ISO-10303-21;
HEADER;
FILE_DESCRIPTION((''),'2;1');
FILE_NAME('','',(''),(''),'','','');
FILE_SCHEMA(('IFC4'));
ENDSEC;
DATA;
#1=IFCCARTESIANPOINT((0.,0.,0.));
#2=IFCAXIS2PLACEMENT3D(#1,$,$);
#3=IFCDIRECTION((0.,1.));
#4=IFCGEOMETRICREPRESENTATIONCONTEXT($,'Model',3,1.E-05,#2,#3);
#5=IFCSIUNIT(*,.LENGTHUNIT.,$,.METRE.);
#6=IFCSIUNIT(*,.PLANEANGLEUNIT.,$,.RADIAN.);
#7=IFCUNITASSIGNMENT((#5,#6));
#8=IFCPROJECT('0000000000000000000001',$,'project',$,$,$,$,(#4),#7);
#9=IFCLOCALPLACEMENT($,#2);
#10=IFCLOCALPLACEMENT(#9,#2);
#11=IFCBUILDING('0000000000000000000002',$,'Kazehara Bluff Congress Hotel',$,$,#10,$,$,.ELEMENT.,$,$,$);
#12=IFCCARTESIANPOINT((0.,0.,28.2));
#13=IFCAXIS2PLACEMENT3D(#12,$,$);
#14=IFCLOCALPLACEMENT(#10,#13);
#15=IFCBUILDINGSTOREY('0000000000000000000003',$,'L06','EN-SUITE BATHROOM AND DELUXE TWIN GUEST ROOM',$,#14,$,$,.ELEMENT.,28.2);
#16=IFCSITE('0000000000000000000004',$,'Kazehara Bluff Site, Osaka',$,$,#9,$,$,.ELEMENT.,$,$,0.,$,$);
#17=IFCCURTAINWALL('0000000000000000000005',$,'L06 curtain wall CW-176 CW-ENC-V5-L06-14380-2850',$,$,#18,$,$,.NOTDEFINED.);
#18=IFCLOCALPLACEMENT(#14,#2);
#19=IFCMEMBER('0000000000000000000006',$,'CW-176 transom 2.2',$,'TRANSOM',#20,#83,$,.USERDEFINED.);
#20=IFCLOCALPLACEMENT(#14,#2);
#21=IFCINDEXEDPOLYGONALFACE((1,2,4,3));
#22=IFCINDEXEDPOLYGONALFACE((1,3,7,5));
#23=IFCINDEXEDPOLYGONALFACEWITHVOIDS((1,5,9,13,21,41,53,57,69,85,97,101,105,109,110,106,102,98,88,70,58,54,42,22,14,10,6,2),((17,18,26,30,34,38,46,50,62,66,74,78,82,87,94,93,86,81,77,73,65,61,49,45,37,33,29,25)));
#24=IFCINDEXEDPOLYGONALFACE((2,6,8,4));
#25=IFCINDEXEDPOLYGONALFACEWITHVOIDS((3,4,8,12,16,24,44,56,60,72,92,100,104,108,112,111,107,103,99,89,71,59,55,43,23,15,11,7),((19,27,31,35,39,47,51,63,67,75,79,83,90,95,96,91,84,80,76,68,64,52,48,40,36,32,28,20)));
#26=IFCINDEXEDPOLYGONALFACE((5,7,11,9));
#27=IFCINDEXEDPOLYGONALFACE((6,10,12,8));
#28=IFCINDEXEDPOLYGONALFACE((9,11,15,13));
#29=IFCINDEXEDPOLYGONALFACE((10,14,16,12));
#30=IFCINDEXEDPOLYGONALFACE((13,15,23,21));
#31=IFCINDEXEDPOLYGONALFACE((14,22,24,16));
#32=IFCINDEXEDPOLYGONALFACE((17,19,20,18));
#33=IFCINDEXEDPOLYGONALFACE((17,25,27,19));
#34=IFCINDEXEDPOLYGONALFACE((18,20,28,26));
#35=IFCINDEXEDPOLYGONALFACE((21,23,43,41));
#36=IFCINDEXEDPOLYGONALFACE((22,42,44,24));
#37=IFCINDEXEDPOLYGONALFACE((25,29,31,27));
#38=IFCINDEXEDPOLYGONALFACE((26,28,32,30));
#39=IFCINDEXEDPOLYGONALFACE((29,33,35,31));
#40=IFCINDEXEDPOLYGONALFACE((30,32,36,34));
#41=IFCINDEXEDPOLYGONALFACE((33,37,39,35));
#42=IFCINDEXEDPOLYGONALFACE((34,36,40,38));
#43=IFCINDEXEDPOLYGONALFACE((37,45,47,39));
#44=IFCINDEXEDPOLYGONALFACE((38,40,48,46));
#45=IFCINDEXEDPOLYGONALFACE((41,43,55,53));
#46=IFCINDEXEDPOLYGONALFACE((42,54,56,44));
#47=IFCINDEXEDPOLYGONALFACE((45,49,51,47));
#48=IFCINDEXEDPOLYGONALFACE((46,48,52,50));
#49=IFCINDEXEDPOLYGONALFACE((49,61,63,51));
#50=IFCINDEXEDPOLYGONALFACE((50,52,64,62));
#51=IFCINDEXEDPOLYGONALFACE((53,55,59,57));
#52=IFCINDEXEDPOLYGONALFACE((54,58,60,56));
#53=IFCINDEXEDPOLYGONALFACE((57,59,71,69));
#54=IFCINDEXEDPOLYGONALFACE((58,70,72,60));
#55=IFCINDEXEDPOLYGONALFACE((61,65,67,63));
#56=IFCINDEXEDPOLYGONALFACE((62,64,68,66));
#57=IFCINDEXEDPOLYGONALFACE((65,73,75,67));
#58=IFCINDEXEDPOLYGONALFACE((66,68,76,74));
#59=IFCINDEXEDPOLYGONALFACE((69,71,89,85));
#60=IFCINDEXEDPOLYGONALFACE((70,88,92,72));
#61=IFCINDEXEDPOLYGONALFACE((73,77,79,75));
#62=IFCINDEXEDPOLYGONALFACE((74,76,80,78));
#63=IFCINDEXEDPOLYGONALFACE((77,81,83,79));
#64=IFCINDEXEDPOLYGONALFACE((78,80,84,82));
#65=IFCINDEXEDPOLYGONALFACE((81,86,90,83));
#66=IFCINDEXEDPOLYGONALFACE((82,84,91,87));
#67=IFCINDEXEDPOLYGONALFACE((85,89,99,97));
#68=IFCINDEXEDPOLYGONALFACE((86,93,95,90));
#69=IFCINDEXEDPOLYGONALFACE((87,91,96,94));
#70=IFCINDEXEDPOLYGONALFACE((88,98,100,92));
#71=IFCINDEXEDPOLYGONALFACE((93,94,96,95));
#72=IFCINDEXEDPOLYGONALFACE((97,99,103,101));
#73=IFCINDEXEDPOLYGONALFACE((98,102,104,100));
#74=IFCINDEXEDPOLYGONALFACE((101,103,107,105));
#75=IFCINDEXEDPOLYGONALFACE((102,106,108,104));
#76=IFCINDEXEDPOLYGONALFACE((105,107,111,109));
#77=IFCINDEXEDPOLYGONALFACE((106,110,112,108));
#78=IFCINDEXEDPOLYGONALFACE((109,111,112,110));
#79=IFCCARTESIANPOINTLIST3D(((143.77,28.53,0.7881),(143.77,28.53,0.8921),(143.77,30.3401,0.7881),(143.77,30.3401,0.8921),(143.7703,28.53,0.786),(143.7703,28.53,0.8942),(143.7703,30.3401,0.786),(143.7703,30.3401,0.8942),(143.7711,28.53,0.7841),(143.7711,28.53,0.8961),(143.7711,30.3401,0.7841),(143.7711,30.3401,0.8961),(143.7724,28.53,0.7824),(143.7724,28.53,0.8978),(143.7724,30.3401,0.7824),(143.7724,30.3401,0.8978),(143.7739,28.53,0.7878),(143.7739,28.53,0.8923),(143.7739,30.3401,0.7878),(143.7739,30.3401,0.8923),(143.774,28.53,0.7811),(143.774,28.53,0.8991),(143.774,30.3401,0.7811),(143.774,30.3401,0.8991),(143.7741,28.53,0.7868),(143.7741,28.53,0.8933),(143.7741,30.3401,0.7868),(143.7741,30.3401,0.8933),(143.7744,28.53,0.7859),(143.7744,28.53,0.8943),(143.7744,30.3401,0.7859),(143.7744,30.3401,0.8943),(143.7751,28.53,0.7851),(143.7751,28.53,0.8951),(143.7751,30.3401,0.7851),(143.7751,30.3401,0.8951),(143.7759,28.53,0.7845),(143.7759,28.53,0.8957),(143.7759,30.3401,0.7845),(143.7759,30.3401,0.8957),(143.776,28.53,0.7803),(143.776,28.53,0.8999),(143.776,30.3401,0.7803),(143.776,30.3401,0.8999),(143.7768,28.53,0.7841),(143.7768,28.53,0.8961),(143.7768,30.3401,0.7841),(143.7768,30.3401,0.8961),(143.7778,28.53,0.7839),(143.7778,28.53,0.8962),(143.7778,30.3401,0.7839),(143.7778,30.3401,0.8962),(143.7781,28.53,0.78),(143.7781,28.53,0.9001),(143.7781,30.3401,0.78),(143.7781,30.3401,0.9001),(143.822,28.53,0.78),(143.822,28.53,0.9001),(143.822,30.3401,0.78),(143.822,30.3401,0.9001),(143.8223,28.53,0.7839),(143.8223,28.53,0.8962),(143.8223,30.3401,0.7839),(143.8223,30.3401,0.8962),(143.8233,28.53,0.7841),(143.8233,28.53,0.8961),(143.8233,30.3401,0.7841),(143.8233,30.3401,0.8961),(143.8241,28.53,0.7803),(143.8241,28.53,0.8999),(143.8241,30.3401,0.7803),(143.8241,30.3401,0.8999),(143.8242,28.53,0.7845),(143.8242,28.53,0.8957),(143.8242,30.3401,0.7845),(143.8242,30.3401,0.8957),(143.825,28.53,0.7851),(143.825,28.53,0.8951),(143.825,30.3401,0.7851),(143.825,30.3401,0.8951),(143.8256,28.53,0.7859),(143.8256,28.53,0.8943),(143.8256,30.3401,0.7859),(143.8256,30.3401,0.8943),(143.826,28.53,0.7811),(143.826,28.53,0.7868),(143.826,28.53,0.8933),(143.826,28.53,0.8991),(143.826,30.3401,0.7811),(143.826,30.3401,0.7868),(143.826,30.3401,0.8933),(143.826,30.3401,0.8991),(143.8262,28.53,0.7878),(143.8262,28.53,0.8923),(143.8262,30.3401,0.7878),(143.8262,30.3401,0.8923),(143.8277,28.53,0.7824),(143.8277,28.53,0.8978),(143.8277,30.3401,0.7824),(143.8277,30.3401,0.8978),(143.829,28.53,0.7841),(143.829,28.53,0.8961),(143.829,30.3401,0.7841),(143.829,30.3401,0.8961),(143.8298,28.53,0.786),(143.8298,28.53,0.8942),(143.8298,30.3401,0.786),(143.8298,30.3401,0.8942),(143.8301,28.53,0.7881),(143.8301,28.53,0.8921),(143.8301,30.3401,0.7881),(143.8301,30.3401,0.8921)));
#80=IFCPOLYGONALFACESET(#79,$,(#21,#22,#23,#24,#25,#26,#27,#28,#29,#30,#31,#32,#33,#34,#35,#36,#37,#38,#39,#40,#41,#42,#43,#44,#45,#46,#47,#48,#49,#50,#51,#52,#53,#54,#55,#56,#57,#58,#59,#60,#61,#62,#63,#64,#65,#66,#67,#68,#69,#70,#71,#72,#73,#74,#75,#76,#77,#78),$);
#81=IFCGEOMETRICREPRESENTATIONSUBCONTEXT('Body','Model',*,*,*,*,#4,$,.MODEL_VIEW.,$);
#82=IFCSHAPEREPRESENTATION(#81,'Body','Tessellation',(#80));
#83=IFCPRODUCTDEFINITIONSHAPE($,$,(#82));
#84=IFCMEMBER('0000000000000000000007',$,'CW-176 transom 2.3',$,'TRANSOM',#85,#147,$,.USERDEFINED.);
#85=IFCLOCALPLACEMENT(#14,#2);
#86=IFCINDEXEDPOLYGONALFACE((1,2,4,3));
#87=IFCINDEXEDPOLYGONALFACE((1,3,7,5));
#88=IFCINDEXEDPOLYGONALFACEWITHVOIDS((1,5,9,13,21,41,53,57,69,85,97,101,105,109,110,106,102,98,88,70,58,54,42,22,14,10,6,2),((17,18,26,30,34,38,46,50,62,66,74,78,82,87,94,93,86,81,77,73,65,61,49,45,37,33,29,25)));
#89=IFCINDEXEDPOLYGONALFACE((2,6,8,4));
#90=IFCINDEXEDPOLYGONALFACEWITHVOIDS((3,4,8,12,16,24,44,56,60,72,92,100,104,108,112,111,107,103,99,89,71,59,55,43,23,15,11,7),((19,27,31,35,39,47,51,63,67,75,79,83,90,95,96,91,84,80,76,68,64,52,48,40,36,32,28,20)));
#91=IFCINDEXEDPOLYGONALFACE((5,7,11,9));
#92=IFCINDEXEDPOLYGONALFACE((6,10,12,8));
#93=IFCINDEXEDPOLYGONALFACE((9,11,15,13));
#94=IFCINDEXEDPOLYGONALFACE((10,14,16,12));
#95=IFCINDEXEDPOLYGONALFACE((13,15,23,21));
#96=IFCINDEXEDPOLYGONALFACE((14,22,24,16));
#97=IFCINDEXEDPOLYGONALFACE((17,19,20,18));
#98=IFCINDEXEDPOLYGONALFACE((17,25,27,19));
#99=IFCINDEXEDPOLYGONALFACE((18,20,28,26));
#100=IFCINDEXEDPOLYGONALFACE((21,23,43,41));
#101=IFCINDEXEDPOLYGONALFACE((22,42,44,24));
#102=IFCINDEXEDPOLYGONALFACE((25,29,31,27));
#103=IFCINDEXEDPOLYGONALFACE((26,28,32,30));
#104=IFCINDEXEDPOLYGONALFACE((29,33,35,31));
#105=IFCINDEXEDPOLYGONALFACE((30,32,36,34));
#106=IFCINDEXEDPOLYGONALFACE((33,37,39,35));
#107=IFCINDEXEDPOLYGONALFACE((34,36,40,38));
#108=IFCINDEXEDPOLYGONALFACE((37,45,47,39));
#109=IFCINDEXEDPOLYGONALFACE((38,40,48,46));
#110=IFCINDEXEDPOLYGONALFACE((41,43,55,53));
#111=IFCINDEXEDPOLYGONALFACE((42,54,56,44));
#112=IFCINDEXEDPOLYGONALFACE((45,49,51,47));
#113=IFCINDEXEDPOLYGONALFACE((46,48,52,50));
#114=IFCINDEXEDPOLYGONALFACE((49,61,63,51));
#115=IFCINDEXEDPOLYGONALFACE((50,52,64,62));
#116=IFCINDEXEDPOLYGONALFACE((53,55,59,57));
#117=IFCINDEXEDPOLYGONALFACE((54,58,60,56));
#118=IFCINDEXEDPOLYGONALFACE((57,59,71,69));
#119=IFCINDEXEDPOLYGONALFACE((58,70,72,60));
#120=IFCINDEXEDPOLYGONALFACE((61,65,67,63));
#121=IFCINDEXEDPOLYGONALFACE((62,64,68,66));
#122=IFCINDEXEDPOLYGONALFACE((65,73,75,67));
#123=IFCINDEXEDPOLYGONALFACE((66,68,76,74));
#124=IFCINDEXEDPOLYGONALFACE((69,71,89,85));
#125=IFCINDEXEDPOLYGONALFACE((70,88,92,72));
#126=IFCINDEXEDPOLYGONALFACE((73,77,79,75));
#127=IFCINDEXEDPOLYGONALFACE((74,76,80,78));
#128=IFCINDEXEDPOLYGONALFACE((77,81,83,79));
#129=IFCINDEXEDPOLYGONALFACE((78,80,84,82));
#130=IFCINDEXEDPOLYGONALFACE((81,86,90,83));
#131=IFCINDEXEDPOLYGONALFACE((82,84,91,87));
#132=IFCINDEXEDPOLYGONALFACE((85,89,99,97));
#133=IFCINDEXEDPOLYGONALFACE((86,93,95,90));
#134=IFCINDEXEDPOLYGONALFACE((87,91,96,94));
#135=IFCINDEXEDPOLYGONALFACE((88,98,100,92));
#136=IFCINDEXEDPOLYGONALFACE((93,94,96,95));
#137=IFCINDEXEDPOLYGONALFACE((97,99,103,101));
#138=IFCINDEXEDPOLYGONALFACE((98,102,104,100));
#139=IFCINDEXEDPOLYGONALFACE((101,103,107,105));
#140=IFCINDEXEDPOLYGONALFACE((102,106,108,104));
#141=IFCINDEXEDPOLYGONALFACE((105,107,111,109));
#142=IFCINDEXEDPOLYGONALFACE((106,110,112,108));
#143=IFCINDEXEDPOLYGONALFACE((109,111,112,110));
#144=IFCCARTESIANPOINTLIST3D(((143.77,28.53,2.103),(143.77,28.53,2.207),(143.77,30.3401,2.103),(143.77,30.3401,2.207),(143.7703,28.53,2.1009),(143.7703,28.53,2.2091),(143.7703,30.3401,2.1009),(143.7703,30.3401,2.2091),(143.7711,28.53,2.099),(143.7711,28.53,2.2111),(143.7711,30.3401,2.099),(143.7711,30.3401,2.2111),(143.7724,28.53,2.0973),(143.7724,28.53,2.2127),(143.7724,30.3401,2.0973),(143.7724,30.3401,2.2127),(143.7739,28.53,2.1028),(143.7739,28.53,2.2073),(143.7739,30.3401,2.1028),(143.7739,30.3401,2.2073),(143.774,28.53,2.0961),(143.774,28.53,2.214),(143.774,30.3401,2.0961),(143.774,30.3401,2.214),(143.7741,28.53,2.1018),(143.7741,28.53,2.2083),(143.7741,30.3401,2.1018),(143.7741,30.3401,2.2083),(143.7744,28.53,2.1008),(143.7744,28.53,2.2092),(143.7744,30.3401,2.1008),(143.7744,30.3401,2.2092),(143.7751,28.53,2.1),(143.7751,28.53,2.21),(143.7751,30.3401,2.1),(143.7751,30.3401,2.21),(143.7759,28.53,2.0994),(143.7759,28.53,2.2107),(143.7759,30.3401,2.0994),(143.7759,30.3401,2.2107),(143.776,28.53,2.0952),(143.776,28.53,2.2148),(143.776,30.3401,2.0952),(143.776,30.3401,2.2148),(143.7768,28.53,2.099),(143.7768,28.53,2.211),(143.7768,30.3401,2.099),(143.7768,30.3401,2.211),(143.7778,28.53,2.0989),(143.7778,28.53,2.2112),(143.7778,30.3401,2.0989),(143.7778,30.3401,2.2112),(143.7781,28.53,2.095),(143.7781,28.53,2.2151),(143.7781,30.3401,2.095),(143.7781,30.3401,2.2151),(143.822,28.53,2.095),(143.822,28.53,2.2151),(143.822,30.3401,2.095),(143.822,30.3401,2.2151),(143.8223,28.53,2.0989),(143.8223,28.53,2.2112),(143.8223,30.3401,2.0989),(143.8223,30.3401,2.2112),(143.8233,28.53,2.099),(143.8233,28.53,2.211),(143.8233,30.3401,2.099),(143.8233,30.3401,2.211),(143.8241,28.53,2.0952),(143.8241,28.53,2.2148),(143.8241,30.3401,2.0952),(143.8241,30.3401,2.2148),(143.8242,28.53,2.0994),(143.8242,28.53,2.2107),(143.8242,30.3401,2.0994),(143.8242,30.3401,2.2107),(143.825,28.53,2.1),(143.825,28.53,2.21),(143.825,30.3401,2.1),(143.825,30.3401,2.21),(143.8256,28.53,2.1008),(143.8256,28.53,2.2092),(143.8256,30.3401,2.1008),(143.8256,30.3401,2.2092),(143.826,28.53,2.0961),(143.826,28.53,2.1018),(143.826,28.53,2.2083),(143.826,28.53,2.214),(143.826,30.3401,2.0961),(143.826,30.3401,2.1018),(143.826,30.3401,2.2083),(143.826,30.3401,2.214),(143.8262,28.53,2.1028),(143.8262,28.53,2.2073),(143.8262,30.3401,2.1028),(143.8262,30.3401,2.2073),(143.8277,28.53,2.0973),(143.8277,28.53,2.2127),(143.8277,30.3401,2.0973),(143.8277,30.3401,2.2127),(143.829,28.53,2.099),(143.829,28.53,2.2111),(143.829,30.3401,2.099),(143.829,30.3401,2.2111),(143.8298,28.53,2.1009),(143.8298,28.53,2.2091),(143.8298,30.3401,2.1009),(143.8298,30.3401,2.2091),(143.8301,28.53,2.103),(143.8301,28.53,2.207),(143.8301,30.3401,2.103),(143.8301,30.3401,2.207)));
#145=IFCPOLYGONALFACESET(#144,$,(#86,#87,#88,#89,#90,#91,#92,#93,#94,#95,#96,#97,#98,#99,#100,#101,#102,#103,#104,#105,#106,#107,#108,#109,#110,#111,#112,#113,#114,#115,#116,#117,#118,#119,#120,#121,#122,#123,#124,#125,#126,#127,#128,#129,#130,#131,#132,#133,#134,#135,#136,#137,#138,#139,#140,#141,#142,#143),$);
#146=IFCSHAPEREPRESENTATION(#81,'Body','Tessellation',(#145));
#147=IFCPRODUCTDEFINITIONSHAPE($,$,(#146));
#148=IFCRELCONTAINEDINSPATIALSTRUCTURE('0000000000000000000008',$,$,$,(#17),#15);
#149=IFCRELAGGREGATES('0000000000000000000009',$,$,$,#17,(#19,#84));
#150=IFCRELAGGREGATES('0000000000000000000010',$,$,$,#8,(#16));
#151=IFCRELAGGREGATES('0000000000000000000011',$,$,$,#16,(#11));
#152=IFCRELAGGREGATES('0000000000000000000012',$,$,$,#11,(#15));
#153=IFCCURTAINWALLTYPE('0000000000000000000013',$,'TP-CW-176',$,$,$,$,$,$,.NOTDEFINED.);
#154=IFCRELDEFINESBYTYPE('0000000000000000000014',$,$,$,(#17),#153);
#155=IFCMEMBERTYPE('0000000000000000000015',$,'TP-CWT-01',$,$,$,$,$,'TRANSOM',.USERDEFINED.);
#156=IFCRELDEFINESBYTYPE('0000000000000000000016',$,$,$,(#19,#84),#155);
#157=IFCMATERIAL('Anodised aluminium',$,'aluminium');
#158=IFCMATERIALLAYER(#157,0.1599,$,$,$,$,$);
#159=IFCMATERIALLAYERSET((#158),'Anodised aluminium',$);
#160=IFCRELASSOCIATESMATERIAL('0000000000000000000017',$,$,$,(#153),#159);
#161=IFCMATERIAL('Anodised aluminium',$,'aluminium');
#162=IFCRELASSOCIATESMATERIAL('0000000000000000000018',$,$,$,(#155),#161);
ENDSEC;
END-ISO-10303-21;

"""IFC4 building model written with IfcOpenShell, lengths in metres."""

from ifc_helpers import new_model, si_unit, direction, frame, origin, origin_2d, place, context, subcontext, project, spatial, hollow_rectangle, extrude, material, layer, layer_set, material_profile, profile_set, type_object, element, aggregate, save


model = new_model("IFC4")

# Units and contexts
model_context = context("Model", 3, precision=1e-05, world=origin(), true_north=direction((0.0, 1.0)))
body_context = subcontext(model_context, "Body", "Model", "MODEL_VIEW")
ifc_project = project(units=[si_unit("LENGTHUNIT", "METRE"), si_unit("PLANEANGLEUNIT", "RADIAN")], contexts=[model_context])

# Site, building, storey
site_placement = place(None, origin())
site = spatial("IfcSite", under=ifc_project, at=site_placement, Name="Kazehara Bluff Site, Osaka", CompositionType="ELEMENT", RefElevation=0.0)
building_placement = place(site_placement, origin())
building = spatial("IfcBuilding", under=site, at=building_placement, Name="Kazehara Bluff Congress Hotel", CompositionType="ELEMENT")
storey_placement = place(building_placement, frame((0.0, 0.0, 28.2)))
storey = spatial("IfcBuildingStorey", under=building, at=storey_placement, Name="L06", Description="EN-SUITE BATHROOM AND DELUXE TWIN GUEST ROOM", CompositionType="ELEMENT", Elevation=28.2)

# Curtain wall
ifc_material_1 = material(Name="Anodised aluminium", Category="aluminium")
ifc_layer_1 = layer(ifc_material_1, 0.1599)
ifc_layer_set_1 = layer_set([ifc_layer_1], Name="Anodised aluminium")
curtain_wall_type_1 = type_object("IfcCurtainWallType", Name="TP-CW-176", PredefinedType="NOTDEFINED", material=ifc_layer_set_1)
curtain_wall_1_placement = place(storey_placement, origin())
curtain_wall_1 = element("IfcCurtainWall", 1, at=curtain_wall_1_placement, inside=storey, type_object=curtain_wall_type_1, Name="L06 curtain wall CW-176 CW-ENC-V5-L06-14380-2850", PredefinedType="NOTDEFINED")

# Members
ifc_material_2 = material(Name="Anodised aluminium", Category="aluminium")
ifc_material_profile_1 = material_profile(ifc_material_2, hollow_rectangle(XDim=0.0601, YDim=0.1201, WallThickness=0.0039, InnerFilletRadius=0.0039, OuterFilletRadius=0.0081, at=origin_2d()))
ifc_profile_set_1 = profile_set([ifc_material_profile_1], Name="Anodised aluminium")
member_type_1 = type_object("IfcMemberType", Name="TP-CWT-01", ElementType="TRANSOM", PredefinedType="USERDEFINED", material=ifc_profile_set_1)
member_1_placement = place(storey_placement, frame((143.8, 28.53, 0.8401), z_axis=(0.0, 1.0, 0.0), x_axis=(-1.0, 0.0, 0.0)))
member_1 = element("IfcMember", 2, at=member_1_placement, type_object=member_type_1, Name="CW-176 transom 2.2", ObjectType="TRANSOM", PredefinedType="USERDEFINED", context=body_context, shape_type="SweptSolid", body=[
    extrude(hollow_rectangle(XDim=0.0601, YDim=0.1201, WallThickness=0.0039, InnerFilletRadius=0.0039, OuterFilletRadius=0.0081, at=origin_2d()), origin(), (0.0, 0.0, 1.0), 1.8101),
])
member_2_placement = place(storey_placement, frame((143.8, 28.53, 2.155), z_axis=(0.0, 1.0, 0.0), x_axis=(-1.0, 0.0, 0.0)))
member_2 = element("IfcMember", 3, at=member_2_placement, type_object=member_type_1, Name="CW-176 transom 2.3", ObjectType="TRANSOM", PredefinedType="USERDEFINED", context=body_context, shape_type="SweptSolid", body=[
    extrude(hollow_rectangle(XDim=0.0601, YDim=0.1201, WallThickness=0.0039, InnerFilletRadius=0.0039, OuterFilletRadius=0.0081, at=origin_2d()), origin(), (0.0, 0.0, 1.0), 1.8101),
])

aggregate(curtain_wall_1, [member_1, member_2])

save(model, "model.ifc")
